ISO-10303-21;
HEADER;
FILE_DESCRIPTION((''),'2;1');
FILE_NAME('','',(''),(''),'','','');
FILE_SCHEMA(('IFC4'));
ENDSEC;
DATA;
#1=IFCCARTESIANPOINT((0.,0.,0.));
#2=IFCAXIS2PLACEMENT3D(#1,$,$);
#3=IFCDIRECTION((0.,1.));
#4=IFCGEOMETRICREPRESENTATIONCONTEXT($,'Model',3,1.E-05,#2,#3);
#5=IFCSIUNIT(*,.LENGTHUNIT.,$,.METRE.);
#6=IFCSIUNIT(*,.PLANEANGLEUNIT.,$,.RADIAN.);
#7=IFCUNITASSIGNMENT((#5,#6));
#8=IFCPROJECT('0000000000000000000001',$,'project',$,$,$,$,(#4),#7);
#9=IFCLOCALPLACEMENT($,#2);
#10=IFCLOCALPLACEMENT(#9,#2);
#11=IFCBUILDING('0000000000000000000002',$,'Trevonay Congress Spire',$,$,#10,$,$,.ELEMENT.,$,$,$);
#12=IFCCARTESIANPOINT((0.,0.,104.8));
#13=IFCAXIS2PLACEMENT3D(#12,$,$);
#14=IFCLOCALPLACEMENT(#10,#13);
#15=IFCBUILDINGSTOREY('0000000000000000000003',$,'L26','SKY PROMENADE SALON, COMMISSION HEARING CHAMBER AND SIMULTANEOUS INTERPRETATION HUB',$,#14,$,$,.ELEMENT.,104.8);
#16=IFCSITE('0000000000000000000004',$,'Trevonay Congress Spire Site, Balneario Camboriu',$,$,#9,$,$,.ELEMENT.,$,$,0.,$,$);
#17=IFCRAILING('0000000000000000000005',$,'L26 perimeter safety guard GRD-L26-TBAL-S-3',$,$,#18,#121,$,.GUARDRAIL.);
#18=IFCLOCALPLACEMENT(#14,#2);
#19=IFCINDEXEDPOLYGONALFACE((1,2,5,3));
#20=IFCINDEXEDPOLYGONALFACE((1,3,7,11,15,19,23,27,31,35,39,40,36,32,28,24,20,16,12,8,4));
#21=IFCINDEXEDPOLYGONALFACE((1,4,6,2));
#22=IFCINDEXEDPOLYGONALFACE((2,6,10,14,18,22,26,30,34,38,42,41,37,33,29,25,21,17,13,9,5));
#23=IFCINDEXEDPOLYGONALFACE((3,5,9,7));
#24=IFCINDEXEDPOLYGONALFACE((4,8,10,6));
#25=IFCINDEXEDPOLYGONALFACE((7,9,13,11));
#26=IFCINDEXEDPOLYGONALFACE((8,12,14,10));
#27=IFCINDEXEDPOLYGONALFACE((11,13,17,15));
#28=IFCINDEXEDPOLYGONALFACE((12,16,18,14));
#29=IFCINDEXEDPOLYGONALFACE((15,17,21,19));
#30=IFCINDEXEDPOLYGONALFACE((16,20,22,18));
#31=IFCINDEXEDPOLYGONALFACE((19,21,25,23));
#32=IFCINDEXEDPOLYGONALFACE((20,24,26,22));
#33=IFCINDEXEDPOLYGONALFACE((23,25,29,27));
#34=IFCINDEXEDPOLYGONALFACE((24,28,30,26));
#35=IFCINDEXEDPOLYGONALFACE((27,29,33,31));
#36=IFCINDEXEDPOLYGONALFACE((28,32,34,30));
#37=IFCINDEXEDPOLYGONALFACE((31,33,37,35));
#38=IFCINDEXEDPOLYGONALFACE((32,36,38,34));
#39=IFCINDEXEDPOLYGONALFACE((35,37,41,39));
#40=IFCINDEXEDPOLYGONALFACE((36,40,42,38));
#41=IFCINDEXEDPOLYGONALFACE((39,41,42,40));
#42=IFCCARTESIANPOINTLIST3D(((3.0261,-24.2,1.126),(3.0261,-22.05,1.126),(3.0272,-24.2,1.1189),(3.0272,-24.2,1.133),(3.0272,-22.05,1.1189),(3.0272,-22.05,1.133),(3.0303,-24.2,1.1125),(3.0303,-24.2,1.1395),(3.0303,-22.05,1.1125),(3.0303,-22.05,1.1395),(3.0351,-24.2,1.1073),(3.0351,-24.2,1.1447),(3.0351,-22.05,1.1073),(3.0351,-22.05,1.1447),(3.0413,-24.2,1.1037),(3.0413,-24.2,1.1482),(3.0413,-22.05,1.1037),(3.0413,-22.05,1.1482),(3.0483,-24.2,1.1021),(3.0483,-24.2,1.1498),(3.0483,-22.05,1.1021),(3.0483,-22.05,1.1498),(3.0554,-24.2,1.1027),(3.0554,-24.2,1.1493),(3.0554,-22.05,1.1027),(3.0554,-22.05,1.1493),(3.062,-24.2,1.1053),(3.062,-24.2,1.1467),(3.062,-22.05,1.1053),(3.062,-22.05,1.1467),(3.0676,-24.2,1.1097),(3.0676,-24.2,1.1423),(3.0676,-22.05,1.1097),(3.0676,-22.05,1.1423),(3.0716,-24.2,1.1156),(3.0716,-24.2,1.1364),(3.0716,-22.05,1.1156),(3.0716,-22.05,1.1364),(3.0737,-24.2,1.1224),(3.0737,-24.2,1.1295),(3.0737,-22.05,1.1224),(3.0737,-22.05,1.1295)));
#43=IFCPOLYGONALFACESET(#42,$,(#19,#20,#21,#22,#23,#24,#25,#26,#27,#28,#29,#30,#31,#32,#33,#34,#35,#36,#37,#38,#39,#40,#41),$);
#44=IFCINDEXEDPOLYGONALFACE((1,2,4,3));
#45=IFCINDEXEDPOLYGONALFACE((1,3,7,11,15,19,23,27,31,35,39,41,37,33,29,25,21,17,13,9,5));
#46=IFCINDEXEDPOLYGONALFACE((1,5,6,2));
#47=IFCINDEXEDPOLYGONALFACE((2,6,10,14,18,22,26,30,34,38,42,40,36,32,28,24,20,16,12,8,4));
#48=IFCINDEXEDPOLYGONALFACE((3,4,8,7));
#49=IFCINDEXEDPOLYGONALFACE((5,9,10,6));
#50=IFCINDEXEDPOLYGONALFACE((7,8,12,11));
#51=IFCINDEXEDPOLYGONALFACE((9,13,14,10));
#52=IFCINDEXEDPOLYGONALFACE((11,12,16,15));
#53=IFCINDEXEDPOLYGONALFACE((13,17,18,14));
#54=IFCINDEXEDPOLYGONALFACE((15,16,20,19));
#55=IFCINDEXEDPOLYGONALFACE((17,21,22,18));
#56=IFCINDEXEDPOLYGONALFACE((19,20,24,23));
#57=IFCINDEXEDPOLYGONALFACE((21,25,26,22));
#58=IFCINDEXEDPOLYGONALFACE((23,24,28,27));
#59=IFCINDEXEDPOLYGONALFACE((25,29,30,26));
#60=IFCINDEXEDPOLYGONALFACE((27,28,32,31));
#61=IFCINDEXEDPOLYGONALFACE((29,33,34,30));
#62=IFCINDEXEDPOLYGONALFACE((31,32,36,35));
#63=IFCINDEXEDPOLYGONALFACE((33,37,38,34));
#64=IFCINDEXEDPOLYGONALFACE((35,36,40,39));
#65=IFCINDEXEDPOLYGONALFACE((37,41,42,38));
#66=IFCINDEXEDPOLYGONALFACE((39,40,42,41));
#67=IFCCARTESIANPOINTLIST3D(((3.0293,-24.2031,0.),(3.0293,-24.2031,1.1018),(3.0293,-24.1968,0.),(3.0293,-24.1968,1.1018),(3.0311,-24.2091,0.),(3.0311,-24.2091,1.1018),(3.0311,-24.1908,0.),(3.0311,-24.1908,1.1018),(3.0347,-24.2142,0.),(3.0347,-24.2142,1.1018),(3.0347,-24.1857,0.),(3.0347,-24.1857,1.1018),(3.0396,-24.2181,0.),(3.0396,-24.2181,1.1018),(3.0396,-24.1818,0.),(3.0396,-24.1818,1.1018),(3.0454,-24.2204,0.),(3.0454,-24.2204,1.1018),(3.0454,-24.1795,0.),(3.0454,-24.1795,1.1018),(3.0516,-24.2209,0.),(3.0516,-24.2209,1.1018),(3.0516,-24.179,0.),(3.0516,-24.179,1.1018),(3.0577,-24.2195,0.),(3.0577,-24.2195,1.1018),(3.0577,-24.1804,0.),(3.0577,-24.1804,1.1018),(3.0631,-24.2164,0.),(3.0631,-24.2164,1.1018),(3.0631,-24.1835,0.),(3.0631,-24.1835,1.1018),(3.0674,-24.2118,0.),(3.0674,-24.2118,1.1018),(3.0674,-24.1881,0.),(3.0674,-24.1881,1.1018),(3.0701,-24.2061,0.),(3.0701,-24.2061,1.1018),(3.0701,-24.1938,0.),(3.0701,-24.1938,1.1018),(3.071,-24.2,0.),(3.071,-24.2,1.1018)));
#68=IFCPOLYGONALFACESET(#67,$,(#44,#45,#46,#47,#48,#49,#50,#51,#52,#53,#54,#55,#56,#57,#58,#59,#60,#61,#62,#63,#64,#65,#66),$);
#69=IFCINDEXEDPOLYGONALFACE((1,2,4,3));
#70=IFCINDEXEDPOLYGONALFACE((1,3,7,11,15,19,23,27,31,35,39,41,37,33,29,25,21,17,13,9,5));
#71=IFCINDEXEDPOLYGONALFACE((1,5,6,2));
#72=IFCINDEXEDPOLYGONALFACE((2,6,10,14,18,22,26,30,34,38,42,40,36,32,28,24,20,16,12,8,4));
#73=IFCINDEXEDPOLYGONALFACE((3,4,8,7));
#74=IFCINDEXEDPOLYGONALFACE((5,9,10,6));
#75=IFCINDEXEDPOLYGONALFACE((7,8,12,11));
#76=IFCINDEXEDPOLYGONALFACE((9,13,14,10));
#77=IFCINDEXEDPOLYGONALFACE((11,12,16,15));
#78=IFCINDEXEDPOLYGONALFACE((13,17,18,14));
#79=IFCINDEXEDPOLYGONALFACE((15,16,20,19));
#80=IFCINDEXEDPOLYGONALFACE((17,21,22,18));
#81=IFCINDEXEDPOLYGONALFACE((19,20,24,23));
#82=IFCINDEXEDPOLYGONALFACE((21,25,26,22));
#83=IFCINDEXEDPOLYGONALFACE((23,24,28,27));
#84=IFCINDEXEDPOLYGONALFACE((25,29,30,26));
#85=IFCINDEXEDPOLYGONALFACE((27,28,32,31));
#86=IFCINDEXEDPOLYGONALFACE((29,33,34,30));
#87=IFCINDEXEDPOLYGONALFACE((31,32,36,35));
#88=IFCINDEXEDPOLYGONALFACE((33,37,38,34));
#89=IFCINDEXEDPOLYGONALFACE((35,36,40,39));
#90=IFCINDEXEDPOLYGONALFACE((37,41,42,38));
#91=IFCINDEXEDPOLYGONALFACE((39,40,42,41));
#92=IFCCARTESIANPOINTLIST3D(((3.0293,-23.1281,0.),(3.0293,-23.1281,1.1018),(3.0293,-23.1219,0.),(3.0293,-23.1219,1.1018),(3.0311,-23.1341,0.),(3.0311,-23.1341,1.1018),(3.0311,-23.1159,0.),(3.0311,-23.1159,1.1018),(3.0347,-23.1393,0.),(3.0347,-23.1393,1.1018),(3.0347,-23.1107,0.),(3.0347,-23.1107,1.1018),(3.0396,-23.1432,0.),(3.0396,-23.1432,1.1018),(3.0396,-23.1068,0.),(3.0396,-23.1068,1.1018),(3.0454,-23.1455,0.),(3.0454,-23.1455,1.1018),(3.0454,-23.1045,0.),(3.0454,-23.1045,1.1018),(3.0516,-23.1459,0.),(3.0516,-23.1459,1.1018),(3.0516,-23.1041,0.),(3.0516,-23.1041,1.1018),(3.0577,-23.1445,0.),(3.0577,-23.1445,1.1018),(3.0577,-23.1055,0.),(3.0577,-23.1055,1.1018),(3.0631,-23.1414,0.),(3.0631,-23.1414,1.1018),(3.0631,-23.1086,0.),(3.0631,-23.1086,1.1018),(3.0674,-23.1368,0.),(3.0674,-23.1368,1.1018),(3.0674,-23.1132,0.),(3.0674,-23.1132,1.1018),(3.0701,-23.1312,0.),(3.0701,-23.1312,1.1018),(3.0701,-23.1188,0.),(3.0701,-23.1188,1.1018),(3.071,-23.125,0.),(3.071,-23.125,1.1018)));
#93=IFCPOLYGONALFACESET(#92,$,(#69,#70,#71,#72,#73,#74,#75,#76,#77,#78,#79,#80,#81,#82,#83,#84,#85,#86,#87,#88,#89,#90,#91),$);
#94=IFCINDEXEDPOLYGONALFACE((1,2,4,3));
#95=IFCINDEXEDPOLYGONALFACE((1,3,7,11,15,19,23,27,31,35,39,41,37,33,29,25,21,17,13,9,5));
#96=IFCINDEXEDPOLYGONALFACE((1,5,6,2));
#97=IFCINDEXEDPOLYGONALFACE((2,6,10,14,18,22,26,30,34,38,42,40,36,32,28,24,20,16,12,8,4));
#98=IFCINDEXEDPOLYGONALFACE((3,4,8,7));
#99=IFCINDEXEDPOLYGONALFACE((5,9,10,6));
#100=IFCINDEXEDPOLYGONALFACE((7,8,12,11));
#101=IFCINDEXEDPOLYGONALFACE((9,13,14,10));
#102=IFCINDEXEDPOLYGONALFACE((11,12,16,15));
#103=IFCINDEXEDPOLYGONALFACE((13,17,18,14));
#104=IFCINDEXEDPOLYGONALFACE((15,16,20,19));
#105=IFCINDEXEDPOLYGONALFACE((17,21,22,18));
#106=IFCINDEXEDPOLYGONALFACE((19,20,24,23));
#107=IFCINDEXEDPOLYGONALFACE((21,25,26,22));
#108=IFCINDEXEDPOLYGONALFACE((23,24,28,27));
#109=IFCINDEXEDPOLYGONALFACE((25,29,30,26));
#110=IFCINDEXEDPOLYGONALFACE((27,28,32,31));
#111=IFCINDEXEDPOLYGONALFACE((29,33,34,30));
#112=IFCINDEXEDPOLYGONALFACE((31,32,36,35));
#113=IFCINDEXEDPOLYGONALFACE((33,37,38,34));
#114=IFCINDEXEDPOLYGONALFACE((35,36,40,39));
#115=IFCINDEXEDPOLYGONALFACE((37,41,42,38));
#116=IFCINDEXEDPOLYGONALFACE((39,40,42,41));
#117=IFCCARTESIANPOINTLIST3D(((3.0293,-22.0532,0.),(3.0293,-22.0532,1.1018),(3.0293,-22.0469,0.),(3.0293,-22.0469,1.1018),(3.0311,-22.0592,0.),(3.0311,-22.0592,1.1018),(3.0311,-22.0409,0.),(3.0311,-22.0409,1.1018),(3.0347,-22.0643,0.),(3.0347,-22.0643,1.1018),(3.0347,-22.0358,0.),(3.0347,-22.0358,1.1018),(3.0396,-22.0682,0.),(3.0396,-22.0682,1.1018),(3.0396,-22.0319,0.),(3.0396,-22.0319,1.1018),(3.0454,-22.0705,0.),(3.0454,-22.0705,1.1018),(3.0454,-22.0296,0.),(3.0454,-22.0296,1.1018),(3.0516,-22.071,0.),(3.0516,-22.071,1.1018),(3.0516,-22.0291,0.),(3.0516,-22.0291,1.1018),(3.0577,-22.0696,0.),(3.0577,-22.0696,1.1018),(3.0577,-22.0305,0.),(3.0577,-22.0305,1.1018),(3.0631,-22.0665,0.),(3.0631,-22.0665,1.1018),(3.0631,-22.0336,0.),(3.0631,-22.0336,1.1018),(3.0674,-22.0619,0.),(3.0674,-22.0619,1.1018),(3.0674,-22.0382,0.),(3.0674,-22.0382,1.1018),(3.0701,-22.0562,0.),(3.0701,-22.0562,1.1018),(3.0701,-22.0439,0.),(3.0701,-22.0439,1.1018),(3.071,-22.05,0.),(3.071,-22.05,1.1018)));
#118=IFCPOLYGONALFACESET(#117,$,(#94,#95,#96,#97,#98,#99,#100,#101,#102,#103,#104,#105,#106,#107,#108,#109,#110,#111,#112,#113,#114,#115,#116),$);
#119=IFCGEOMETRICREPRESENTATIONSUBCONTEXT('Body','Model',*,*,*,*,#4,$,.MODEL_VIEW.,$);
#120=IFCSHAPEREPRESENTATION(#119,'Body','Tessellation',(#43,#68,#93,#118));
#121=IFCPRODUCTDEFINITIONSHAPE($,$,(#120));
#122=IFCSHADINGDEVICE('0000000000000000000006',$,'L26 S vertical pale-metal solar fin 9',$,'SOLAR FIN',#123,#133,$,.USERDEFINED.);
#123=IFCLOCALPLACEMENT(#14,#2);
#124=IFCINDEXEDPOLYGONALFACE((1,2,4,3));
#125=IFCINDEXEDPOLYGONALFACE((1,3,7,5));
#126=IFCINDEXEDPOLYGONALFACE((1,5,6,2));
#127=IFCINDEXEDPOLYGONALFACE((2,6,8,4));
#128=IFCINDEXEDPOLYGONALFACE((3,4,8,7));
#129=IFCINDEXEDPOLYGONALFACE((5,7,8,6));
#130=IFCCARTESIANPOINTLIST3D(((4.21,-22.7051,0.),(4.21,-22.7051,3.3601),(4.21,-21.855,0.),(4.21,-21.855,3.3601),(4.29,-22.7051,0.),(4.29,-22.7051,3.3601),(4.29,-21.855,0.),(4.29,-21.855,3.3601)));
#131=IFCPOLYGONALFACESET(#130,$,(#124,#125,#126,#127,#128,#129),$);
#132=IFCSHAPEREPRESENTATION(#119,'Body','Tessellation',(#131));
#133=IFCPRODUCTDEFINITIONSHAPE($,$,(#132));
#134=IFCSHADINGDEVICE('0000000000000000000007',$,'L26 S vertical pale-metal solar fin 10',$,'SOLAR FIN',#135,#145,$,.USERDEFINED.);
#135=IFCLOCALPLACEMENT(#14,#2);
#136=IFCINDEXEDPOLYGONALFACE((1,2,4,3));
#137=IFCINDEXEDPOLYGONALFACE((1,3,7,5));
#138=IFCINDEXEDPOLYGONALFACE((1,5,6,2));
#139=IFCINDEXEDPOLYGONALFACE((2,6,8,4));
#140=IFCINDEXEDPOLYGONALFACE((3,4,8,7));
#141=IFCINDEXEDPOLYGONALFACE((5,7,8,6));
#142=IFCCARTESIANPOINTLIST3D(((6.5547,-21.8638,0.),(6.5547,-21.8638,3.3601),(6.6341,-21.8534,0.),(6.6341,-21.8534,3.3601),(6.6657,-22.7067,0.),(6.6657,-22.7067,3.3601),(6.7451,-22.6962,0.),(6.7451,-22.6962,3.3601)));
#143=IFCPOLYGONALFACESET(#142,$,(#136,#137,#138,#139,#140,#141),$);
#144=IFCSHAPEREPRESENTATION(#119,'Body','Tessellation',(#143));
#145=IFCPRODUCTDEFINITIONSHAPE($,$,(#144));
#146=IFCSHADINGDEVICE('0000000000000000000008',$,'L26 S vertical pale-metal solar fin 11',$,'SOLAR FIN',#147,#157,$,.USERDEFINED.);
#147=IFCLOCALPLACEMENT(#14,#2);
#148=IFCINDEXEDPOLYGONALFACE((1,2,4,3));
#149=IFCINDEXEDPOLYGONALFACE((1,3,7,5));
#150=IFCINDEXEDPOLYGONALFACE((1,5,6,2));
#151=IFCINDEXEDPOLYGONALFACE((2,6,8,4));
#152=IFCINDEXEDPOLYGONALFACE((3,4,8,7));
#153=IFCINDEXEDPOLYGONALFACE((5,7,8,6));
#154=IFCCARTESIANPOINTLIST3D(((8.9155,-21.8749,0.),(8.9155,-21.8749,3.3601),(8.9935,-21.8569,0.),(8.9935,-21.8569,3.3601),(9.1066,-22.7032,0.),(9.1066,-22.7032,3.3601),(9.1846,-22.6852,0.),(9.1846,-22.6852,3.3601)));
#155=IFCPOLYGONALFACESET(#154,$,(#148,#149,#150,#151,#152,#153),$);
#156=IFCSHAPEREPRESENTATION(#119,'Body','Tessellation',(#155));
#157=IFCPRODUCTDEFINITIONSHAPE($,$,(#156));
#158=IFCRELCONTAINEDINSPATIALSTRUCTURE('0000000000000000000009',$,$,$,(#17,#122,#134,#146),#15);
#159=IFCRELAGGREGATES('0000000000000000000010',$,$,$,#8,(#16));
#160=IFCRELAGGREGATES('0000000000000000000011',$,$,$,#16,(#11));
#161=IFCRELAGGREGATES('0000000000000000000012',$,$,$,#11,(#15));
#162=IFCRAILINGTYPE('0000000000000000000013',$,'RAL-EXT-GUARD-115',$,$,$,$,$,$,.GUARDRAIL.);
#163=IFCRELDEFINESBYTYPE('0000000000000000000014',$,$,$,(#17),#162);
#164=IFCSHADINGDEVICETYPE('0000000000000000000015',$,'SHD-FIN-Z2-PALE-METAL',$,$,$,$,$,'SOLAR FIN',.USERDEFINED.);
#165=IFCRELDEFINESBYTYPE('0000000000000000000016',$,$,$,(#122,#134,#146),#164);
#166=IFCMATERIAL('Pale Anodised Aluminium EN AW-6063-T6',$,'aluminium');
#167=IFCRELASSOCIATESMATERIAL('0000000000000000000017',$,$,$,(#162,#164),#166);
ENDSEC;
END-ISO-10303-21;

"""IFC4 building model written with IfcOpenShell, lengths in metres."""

from ifc_helpers import new_model, si_unit, direction, frame, origin, origin_2d, place, context, subcontext, project, spatial, rectangle, circle, extrude, material, type_object, element, save


model = new_model("IFC4")

# Units and contexts
model_context = context("Model", 3, precision=1e-05, world=origin(), true_north=direction((0.0, 1.0)))
body_context = subcontext(model_context, "Body", "Model", "MODEL_VIEW")
ifc_project = project(units=[si_unit("LENGTHUNIT", "METRE"), si_unit("PLANEANGLEUNIT", "RADIAN")], contexts=[model_context])

# Site, building, storey
site_placement = place(None, origin())
site = spatial("IfcSite", under=ifc_project, at=site_placement, Name="Trevonay Congress Spire Site, Balneario Camboriu", CompositionType="ELEMENT", RefElevation=0.0)
building_placement = place(site_placement, origin())
building = spatial("IfcBuilding", under=site, at=building_placement, Name="Trevonay Congress Spire", CompositionType="ELEMENT")
storey_placement = place(building_placement, frame((0.0, 0.0, 104.8)))
storey = spatial("IfcBuildingStorey", under=building, at=storey_placement, Name="L26", Description="SKY PROMENADE SALON, COMMISSION HEARING CHAMBER AND SIMULTANEOUS INTERPRETATION HUB", CompositionType="ELEMENT", Elevation=104.8)

# Shared definitions
ifc_material_1 = material(Name="Pale Anodised Aluminium EN AW-6063-T6", Category="aluminium")

# Railing
railing_type = type_object("IfcRailingType", Name="RAL-EXT-GUARD-115", PredefinedType="GUARDRAIL", material=ifc_material_1)
railing_placement = place(storey_placement, frame((3.05, -24.2, 0.0)))
element("IfcRailing", 1, at=railing_placement, inside=storey, type_object=railing_type, Name="L26 perimeter safety guard GRD-L26-TBAL-S-3", PredefinedType="GUARDRAIL", context=body_context, shape_type="SweptSolid", body=[
    extrude(circle(Radius=0.0239, at=origin_2d()), frame((0.0, 0.0, 1.126), z_axis=(0.0, 1.0, 0.0), x_axis=(-1.0, 0.0, 0.0)), (0.0, 0.0, 1.0), 2.1499),
    extrude(circle(Radius=0.021, at=origin_2d()), origin(), (0.0, 0.0, 1.0), 1.1018),
    extrude(circle(Radius=0.021, at=origin_2d()), frame((0.0, 1.075, 0.0)), (0.0, 0.0, 1.0), 1.1018),
    extrude(circle(Radius=0.021, at=origin_2d()), frame((0.0, 2.1499, 0.0)), (0.0, 0.0, 1.0), 1.1018),
])

# Shading devices
shading_device_type = type_object("IfcShadingDeviceType", Name="SHD-FIN-Z2-PALE-METAL", ElementType="SOLAR FIN", PredefinedType="USERDEFINED", material=ifc_material_1)
for number, where, z_axis, x_axis, name in (
    (2, (4.25, -22.28, 0.0), (0.0, 0.0, 1.0), (1.0, 0.0, 0.0), "L26 S vertical pale-metal solar fin 9"),
    (3, (6.6499, -22.28, 0.0), (0.0, 0.0, 1.0), (0.991445, 0.130526, 0.0), "L26 S vertical pale-metal solar fin 10"),
    (4, (9.05, -22.28, 0.0), (0.0, 0.0, 1.0), (0.974409, 0.224781, 0.0), "L26 S vertical pale-metal solar fin 11"),
):
    element("IfcShadingDevice", number, at=place(storey_placement, frame(where, z_axis=z_axis, x_axis=x_axis)), inside=storey, type_object=shading_device_type, Name=name, ObjectType="SOLAR FIN", PredefinedType="USERDEFINED", context=body_context, shape_type="SweptSolid", body=[
        extrude(rectangle(XDim=0.0801, YDim=0.8501, at=origin_2d()), origin(), (0.0, 0.0, 1.0), 3.3601),
    ])

save(model, "model.ifc")
